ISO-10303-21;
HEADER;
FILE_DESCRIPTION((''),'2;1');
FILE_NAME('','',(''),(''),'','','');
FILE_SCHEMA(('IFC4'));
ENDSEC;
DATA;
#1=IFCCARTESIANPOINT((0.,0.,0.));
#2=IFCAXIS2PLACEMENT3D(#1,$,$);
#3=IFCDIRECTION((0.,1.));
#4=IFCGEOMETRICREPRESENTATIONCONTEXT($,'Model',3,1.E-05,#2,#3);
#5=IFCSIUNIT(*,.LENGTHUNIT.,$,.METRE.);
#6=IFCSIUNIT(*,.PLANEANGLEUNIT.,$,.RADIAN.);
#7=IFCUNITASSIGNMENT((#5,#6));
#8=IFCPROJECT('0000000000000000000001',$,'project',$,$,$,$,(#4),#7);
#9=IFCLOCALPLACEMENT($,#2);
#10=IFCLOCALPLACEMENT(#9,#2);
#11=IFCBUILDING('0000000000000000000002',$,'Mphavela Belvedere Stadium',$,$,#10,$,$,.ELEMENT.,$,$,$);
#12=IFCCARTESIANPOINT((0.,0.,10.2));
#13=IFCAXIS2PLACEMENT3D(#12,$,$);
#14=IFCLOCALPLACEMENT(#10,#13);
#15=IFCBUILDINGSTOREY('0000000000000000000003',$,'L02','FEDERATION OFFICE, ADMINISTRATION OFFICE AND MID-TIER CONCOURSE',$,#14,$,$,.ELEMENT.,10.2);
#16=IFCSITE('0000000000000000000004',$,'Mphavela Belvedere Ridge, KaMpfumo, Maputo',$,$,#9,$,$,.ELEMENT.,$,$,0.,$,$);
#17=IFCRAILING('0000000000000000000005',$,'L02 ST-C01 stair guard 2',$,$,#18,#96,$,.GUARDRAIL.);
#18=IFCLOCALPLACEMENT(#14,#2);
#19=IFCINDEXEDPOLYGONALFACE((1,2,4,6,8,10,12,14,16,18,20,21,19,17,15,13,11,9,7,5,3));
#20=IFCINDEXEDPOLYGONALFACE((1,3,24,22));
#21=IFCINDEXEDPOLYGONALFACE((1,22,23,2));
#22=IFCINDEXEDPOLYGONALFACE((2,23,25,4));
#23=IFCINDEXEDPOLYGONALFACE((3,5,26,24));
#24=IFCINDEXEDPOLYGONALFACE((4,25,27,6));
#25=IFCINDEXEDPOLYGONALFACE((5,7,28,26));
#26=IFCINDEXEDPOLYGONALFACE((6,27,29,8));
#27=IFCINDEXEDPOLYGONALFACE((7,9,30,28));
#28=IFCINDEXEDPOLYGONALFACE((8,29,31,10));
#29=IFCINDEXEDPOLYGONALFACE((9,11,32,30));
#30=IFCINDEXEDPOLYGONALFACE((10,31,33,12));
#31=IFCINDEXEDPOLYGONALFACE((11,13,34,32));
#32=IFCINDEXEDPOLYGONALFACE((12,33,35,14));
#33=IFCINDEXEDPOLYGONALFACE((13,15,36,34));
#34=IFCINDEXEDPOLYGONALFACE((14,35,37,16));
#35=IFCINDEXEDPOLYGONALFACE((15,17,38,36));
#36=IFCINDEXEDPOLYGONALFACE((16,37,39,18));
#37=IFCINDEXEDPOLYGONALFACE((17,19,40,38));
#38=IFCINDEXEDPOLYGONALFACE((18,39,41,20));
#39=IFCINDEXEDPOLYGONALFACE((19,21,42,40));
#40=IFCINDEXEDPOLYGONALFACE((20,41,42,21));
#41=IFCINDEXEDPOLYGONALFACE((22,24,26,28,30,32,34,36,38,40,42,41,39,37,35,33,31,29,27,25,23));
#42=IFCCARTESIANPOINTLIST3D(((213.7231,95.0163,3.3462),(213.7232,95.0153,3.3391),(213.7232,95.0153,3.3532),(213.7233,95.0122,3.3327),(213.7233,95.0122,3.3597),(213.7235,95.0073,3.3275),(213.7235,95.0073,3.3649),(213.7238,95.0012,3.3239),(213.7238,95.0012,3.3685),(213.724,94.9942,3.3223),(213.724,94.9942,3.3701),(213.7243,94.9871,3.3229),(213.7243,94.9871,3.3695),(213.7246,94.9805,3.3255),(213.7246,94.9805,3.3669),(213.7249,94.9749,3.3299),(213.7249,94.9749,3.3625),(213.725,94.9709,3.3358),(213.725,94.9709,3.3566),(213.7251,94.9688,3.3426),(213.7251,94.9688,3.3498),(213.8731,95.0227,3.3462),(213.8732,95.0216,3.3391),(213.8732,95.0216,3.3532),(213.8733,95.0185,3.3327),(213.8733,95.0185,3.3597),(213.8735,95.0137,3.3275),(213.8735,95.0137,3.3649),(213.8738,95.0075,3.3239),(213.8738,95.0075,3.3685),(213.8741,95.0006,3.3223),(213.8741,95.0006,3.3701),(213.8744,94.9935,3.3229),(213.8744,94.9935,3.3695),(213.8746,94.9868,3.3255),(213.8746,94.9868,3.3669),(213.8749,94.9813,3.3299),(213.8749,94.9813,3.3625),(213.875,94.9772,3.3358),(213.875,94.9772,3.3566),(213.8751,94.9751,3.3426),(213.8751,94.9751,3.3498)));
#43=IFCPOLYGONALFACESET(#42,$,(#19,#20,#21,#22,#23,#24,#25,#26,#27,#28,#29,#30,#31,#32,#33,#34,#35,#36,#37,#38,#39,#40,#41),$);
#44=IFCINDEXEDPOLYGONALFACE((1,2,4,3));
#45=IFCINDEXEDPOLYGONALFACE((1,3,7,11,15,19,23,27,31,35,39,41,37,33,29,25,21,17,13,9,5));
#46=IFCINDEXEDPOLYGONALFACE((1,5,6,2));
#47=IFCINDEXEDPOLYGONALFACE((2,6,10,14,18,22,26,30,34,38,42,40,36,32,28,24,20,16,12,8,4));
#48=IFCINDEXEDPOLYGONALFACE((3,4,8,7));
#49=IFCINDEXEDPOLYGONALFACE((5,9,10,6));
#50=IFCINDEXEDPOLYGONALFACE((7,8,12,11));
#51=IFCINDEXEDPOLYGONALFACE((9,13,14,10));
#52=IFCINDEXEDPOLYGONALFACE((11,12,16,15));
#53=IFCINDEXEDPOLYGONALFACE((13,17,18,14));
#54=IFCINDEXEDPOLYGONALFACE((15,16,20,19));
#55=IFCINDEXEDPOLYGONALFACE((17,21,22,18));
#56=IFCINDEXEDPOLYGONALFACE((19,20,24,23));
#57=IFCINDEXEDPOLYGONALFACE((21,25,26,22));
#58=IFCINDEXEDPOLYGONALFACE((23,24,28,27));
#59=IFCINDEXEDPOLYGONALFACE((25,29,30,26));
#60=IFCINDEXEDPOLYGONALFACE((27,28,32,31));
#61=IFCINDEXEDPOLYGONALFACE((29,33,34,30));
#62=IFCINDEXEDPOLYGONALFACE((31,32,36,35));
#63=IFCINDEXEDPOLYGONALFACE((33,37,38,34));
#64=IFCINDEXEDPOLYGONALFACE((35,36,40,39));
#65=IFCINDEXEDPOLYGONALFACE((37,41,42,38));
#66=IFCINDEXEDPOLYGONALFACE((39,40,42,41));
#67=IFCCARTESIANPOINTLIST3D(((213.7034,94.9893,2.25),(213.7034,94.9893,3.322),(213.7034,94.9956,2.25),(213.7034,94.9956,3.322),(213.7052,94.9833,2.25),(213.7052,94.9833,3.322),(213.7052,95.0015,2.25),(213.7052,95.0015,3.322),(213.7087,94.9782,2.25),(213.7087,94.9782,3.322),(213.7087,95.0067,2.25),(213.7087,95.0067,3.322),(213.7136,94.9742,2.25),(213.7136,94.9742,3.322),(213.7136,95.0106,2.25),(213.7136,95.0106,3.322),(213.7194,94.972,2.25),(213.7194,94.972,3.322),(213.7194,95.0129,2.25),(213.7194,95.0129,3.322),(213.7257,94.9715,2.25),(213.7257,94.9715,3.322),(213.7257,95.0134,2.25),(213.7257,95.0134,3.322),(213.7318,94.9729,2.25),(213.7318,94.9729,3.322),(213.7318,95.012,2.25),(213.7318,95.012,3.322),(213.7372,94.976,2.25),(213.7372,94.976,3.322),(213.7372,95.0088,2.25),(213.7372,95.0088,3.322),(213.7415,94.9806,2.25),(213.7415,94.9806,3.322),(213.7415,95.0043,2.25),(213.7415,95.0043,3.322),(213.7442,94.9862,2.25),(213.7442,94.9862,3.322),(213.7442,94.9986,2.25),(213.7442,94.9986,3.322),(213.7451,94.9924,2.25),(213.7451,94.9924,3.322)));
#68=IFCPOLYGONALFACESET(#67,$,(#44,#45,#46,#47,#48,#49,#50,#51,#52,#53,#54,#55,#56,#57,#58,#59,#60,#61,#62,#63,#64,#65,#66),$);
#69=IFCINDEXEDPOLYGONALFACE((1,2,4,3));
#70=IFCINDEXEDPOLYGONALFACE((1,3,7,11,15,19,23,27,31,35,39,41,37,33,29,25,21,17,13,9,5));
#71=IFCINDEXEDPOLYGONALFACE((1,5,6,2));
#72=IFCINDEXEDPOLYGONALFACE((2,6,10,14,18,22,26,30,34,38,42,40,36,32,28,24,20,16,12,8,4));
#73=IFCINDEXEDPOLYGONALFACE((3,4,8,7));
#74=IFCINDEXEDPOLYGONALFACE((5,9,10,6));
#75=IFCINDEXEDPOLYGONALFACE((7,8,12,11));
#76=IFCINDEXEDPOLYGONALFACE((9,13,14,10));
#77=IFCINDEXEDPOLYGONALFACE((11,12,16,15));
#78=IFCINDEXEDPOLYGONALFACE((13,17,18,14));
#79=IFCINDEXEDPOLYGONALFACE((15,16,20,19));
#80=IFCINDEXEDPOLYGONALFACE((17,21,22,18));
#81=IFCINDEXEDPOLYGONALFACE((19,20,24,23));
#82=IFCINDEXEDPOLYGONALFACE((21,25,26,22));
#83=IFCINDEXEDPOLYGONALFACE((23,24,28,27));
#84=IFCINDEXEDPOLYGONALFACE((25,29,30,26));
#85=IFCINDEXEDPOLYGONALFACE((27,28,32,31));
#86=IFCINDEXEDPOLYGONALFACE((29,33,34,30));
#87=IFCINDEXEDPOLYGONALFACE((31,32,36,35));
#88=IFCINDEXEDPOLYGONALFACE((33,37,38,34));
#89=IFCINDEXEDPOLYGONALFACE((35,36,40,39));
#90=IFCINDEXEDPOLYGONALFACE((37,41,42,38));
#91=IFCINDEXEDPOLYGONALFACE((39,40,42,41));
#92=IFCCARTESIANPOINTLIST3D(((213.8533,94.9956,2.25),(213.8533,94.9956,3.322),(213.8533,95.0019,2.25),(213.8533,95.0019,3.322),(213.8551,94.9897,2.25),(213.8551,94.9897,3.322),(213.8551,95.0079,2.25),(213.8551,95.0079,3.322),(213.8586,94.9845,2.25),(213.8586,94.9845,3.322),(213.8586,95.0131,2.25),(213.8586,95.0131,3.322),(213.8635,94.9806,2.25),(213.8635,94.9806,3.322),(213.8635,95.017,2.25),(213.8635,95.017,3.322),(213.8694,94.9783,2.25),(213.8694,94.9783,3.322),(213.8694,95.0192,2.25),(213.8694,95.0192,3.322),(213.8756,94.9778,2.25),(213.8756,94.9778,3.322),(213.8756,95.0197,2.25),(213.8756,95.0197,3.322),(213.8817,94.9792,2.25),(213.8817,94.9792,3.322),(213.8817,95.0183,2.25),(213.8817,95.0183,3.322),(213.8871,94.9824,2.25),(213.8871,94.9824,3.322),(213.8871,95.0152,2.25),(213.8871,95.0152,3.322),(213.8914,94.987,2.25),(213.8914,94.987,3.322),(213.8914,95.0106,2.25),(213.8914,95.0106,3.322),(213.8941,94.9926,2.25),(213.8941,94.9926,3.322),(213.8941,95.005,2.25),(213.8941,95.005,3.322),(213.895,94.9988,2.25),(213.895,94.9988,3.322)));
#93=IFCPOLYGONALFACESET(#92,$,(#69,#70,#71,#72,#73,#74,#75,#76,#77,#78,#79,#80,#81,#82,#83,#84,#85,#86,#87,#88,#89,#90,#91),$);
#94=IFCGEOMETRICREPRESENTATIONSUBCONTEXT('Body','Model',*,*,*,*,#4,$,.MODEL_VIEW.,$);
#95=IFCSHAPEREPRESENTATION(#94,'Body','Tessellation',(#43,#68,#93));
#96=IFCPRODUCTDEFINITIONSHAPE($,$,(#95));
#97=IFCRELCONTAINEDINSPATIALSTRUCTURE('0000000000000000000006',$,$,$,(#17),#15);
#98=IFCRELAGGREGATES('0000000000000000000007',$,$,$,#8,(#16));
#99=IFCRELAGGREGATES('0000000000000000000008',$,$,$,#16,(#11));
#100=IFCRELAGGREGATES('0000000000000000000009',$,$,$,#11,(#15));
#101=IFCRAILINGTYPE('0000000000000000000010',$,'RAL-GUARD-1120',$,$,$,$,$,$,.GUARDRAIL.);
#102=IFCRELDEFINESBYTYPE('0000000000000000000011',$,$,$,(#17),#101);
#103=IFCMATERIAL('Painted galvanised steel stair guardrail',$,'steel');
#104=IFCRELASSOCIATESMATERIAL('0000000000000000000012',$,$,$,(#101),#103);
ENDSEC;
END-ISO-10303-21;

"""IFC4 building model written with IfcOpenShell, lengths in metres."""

from ifc_helpers import new_model, si_unit, direction, frame, origin, origin_2d, place, context, subcontext, project, spatial, circle, extrude, material, type_object, element, save


model = new_model("IFC4")

# Units and contexts
model_context = context("Model", 3, precision=1e-05, world=origin(), true_north=direction((0.0, 1.0)))
body_context = subcontext(model_context, "Body", "Model", "MODEL_VIEW")
ifc_project = project(units=[si_unit("LENGTHUNIT", "METRE"), si_unit("PLANEANGLEUNIT", "RADIAN")], contexts=[model_context])

# Site, building, storey
site_placement = place(None, origin())
site = spatial("IfcSite", under=ifc_project, at=site_placement, Name="Mphavela Belvedere Ridge, KaMpfumo, Maputo", CompositionType="ELEMENT", RefElevation=0.0)
building_placement = place(site_placement, origin())
building = spatial("IfcBuilding", under=site, at=building_placement, Name="Mphavela Belvedere Stadium", CompositionType="ELEMENT")
storey_placement = place(building_placement, frame((0.0, 0.0, 10.2)))
storey = spatial("IfcBuildingStorey", under=building, at=storey_placement, Name="L02", Description="FEDERATION OFFICE, ADMINISTRATION OFFICE AND MID-TIER CONCOURSE", CompositionType="ELEMENT", Elevation=10.2)

# Railing
ifc_material_1 = material(Name="Painted galvanised steel stair guardrail", Category="steel")
railing_type_1 = type_object("IfcRailingType", Name="RAL-GUARD-1120", PredefinedType="GUARDRAIL", material=ifc_material_1)
railing_1_placement = place(storey_placement, frame((213.7241, 94.9924, 2.25)))
element("IfcRailing", 1, at=railing_1_placement, inside=storey, type_object=railing_type_1, Name="L02 ST-C01 stair guard 2", PredefinedType="GUARDRAIL", context=body_context, shape_type="SweptSolid", body=[
    extrude(circle(Radius=0.0239, at=origin_2d()), frame((0.0, 0.0, 1.0962), z_axis=(0.999105, 0.042307, 0.0), x_axis=(-0.042307, 0.999105, 0.0)), (0.0, 0.0, 1.0), 0.1501),
    extrude(circle(Radius=0.021, at=origin_2d()), origin(), (0.0, 0.0, 1.0), 1.072),
    extrude(circle(Radius=0.021, at=origin_2d()), frame((0.1499, 0.0063, 0.0)), (0.0, 0.0, 1.0), 1.072),
])

save(model, "model.ifc")
